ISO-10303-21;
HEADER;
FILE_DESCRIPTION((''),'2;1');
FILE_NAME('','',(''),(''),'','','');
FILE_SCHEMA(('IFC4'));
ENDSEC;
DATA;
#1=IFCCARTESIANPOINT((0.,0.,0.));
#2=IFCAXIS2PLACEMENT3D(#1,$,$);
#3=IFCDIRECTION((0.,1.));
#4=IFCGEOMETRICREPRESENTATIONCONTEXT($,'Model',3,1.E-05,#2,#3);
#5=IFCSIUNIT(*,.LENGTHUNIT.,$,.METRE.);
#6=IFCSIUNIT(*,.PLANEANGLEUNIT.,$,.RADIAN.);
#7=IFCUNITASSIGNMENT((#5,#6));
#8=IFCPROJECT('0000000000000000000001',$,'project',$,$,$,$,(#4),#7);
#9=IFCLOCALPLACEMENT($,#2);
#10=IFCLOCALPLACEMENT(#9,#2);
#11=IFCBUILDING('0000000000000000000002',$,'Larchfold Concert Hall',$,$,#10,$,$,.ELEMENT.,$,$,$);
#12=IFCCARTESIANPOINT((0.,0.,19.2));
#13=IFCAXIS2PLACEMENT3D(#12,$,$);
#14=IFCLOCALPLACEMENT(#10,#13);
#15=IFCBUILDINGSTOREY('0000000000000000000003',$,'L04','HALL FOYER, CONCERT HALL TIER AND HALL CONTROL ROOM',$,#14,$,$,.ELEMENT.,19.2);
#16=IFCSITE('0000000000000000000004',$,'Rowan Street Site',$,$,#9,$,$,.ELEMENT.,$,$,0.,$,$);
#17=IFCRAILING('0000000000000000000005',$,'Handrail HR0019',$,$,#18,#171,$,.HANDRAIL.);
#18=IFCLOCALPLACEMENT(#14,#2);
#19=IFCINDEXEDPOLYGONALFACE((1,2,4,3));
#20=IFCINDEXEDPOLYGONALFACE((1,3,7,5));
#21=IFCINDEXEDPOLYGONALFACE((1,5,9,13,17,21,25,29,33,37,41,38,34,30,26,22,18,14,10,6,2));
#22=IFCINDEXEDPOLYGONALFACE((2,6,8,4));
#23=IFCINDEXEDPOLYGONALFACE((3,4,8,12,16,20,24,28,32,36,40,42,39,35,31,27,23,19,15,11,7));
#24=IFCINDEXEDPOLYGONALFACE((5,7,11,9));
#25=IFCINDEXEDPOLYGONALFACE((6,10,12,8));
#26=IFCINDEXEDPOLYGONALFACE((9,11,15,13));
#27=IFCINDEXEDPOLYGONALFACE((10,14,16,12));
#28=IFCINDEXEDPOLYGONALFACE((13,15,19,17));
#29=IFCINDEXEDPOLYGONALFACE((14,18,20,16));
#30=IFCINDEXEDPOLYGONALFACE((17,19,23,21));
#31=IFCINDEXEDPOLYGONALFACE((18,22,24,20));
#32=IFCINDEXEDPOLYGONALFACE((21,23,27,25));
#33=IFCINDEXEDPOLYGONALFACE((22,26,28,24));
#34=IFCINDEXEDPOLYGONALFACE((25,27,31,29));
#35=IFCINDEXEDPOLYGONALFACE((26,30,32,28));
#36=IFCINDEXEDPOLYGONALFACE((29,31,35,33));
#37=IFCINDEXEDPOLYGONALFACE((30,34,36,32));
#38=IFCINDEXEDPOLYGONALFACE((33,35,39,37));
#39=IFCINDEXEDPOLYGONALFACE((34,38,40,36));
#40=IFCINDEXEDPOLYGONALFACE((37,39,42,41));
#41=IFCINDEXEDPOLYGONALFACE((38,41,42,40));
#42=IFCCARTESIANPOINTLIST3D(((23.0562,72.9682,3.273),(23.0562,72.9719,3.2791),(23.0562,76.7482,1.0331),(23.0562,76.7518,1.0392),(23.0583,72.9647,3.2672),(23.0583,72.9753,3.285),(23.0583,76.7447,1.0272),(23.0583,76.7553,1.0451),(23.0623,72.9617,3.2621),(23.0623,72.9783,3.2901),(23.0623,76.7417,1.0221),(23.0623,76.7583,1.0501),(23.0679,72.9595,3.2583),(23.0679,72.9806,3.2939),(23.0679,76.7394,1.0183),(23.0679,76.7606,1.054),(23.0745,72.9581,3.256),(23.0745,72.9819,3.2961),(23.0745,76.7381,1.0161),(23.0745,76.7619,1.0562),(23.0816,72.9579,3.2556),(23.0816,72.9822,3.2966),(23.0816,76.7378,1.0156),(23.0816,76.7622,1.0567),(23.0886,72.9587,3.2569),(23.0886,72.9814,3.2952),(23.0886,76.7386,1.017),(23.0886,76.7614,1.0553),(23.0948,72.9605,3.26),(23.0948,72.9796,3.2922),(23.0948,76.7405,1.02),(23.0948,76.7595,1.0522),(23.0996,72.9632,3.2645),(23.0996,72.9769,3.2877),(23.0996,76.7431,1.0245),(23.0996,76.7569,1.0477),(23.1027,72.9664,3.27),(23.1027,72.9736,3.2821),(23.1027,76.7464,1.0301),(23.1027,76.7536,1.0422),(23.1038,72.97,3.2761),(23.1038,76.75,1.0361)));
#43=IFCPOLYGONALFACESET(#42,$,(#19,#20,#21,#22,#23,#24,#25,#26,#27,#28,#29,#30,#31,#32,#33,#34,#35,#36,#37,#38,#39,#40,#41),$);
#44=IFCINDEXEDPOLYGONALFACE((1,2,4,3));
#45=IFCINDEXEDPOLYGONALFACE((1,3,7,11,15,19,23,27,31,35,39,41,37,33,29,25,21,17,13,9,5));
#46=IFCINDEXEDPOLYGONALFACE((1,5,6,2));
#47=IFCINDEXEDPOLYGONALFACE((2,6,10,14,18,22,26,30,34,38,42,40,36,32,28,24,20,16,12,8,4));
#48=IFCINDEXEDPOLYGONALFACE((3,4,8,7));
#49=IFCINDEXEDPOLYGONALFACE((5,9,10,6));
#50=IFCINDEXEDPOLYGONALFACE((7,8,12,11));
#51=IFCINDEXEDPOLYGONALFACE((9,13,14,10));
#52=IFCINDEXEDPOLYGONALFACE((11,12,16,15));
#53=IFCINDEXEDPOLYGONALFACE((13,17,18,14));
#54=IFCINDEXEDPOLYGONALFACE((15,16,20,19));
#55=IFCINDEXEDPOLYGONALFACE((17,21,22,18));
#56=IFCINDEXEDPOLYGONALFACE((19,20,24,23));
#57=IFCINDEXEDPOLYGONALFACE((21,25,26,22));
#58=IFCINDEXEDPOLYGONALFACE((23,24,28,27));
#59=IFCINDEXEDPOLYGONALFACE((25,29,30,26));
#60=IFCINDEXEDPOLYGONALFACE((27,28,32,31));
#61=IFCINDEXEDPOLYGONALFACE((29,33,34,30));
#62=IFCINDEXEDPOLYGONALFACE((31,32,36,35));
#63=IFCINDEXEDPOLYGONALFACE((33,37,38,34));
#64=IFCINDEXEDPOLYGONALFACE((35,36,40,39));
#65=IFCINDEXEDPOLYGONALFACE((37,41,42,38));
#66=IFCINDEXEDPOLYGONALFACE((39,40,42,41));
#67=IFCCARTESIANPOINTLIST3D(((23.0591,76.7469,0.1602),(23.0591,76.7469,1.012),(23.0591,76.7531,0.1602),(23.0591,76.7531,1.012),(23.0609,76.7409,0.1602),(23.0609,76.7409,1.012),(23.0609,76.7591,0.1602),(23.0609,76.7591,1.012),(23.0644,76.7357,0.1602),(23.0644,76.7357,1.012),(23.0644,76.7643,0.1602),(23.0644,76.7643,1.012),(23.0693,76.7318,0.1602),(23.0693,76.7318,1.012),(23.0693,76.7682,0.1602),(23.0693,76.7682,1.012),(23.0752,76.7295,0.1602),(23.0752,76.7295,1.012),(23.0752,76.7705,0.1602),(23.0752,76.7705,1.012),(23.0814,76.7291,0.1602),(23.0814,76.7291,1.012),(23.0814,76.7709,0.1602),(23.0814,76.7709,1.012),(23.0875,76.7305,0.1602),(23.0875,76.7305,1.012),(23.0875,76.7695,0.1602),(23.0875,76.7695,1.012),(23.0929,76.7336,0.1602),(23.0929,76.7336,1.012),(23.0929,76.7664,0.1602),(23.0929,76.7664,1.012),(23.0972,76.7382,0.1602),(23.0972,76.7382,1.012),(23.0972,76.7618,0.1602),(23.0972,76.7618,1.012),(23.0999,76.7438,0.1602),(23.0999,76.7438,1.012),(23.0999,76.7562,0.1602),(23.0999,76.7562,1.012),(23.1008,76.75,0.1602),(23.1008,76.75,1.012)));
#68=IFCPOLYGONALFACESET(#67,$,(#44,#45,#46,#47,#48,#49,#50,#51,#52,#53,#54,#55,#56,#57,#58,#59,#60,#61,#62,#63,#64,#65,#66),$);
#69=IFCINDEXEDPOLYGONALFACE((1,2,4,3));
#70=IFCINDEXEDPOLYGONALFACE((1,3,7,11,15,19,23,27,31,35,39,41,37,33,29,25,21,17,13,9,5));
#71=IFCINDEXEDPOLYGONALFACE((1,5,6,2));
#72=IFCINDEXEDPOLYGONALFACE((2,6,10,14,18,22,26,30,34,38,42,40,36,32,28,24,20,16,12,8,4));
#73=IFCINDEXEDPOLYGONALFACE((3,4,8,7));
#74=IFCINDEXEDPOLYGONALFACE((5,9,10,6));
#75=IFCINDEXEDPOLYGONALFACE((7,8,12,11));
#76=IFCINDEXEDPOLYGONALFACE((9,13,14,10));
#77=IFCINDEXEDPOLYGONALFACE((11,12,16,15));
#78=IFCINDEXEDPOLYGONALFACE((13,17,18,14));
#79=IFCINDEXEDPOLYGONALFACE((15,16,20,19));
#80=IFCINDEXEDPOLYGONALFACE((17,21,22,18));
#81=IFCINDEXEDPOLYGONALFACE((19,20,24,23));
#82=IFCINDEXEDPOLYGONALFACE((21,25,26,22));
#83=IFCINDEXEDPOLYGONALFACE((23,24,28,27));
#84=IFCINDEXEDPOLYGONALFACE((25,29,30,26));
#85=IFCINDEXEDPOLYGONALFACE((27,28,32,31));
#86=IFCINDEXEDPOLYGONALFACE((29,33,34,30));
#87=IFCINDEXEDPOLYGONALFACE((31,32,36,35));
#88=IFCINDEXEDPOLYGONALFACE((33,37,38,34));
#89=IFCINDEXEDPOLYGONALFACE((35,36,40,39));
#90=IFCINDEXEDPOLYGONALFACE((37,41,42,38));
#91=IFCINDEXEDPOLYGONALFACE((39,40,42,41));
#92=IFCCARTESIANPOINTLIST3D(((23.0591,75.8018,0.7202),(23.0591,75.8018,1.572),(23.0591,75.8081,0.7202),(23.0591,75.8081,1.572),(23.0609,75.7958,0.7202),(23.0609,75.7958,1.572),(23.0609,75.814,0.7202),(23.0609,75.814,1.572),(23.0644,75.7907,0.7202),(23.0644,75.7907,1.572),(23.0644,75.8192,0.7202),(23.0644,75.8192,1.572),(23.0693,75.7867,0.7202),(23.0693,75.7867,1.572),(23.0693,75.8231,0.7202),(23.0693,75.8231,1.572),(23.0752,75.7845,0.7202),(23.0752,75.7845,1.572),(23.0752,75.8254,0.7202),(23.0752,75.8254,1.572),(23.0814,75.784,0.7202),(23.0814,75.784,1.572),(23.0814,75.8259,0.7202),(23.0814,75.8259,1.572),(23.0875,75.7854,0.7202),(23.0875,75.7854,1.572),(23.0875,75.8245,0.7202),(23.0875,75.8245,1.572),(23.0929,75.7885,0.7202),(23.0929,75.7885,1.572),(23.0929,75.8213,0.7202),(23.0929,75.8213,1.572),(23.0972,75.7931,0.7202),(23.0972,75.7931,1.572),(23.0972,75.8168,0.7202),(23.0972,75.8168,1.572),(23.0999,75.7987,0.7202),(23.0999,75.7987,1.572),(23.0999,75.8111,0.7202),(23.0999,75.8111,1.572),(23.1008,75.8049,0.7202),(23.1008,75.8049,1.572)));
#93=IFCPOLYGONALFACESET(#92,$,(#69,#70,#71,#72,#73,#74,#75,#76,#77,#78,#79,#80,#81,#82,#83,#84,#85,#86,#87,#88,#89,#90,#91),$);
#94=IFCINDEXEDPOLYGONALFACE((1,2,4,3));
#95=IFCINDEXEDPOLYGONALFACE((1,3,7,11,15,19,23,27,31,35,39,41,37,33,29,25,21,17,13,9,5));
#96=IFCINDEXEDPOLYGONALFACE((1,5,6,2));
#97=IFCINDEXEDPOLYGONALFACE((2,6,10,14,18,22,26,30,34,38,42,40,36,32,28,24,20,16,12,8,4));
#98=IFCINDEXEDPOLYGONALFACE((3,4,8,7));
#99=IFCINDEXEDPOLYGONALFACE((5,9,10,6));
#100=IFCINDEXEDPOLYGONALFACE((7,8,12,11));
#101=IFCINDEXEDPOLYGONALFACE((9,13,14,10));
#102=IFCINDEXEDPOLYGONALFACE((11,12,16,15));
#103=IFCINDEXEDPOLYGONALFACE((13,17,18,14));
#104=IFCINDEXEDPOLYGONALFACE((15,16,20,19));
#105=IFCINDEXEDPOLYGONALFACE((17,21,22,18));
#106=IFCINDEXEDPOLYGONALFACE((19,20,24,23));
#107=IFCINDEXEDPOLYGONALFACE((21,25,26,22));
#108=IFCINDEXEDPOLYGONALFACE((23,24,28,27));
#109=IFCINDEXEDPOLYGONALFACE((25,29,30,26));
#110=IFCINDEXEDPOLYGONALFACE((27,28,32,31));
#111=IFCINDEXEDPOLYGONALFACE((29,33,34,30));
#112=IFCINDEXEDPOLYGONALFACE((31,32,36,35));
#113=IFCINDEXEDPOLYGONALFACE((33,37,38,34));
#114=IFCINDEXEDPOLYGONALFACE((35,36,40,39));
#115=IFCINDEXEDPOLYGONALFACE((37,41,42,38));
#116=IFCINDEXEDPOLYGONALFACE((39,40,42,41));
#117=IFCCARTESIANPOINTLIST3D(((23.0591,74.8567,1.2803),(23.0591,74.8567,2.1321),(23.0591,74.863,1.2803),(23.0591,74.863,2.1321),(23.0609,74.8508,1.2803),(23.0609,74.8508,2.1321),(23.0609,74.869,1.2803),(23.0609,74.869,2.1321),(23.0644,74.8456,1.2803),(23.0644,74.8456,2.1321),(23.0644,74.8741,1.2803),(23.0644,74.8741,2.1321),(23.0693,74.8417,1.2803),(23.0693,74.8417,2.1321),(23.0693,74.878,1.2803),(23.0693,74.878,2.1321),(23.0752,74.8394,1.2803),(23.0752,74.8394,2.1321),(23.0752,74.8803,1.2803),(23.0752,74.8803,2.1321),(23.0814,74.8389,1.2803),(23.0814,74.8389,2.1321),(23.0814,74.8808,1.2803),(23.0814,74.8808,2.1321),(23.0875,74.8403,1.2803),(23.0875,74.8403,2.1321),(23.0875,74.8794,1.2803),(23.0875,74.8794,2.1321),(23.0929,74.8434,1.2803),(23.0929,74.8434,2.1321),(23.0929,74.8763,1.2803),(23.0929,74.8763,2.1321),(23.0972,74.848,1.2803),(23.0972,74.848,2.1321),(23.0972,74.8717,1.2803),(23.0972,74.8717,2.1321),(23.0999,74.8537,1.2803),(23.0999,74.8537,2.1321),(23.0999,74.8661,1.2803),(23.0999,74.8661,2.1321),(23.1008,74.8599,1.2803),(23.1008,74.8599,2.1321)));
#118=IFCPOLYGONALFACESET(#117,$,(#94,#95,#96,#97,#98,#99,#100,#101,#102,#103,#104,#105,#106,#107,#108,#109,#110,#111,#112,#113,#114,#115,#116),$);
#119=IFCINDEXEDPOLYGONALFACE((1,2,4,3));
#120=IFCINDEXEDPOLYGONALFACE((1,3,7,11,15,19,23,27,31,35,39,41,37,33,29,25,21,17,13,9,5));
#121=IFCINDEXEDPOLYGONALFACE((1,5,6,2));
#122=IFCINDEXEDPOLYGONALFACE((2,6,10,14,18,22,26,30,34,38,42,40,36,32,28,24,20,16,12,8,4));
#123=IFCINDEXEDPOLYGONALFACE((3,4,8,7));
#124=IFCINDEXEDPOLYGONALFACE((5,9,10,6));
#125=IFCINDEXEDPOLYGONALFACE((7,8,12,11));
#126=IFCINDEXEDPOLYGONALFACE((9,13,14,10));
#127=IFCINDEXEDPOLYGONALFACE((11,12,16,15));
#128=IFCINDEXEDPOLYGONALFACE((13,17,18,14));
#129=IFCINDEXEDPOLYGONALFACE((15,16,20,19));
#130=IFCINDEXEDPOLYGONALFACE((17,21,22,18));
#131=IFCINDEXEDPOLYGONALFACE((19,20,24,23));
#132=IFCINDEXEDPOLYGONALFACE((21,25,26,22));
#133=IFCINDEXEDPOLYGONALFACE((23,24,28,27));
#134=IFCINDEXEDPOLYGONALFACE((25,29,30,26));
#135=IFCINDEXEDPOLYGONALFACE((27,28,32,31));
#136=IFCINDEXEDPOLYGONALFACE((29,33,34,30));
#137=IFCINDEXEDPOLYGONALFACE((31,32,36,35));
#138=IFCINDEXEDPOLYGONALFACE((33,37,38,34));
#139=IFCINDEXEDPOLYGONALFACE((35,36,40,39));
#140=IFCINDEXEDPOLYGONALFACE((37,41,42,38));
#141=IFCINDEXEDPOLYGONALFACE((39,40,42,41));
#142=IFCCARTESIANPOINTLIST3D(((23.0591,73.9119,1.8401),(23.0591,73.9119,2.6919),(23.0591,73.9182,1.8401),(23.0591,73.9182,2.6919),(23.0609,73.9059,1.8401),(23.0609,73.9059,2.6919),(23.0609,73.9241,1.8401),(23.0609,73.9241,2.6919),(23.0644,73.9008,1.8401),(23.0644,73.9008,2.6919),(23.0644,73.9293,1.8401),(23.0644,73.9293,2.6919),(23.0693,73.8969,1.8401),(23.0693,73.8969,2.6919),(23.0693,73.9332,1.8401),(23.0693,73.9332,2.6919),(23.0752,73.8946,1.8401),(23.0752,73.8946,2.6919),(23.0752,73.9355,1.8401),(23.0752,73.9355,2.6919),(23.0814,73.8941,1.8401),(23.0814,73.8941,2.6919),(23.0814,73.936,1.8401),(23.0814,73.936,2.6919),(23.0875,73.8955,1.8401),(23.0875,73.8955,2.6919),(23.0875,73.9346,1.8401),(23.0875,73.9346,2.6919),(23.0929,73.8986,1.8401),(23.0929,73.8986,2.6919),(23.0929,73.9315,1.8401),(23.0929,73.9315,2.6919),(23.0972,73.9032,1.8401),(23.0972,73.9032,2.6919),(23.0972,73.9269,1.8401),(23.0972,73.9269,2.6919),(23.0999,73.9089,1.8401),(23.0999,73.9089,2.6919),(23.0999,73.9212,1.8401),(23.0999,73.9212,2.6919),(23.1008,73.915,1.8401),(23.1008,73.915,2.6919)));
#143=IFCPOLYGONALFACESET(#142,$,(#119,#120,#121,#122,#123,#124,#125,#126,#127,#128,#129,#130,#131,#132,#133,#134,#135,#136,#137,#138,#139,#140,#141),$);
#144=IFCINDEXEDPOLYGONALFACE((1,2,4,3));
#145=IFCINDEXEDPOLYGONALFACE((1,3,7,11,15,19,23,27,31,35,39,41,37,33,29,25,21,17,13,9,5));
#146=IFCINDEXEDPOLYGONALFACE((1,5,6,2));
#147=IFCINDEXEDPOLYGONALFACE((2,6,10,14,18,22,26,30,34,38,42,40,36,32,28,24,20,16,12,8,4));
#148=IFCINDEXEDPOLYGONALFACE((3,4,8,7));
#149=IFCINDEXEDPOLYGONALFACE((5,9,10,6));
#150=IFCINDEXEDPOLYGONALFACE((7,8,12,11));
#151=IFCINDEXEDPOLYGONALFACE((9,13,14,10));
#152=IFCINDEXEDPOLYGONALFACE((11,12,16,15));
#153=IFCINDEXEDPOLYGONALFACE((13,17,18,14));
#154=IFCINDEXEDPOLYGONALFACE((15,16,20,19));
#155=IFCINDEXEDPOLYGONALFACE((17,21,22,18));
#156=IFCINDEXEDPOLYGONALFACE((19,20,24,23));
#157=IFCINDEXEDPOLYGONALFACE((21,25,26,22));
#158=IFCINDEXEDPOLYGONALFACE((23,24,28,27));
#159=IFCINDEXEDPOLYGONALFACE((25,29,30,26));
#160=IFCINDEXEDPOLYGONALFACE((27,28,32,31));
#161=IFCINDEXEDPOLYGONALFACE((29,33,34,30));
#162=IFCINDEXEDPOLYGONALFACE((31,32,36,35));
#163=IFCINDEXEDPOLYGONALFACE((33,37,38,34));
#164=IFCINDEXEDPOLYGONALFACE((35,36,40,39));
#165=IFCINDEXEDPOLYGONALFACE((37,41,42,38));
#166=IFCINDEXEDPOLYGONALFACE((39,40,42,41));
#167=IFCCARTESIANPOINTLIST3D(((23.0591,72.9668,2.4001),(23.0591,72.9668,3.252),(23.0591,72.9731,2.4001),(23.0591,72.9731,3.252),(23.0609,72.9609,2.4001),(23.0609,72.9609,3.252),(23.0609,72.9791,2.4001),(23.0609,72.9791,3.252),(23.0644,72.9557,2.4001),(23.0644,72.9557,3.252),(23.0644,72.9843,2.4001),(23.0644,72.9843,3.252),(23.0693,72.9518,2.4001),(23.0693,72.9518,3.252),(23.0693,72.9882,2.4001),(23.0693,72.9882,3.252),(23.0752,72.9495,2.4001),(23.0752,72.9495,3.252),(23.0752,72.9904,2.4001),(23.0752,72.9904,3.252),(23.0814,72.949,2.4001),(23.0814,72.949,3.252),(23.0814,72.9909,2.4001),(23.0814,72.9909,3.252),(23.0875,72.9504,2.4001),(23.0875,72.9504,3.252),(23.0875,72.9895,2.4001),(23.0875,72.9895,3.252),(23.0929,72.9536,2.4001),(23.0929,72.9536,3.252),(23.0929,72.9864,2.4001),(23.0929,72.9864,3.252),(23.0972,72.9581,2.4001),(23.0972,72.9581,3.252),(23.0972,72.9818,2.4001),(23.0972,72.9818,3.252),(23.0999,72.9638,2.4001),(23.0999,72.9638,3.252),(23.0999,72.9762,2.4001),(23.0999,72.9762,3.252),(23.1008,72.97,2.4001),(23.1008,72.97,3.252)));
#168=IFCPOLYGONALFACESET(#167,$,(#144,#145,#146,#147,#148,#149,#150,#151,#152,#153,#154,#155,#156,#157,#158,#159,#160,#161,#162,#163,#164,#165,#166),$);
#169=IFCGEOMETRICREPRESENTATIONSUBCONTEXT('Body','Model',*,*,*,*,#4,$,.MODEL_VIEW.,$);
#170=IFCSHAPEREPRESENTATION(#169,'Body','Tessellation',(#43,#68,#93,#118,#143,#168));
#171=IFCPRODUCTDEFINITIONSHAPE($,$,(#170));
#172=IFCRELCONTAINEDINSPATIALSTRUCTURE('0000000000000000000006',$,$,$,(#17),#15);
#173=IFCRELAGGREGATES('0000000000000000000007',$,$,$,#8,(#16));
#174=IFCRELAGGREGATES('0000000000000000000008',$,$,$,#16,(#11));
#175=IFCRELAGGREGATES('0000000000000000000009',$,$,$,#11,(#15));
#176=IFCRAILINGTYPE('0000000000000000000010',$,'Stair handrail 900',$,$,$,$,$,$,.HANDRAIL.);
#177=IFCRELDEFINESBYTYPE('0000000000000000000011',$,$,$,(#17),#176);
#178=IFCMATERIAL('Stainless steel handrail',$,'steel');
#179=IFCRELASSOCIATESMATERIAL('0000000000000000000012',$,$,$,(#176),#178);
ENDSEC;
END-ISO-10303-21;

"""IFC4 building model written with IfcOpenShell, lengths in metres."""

from ifc_helpers import new_model, si_unit, direction, frame, origin, origin_2d, place, context, subcontext, project, spatial, circle, extrude, material, type_object, element, save


model = new_model("IFC4")

# Units and contexts
model_context = context("Model", 3, precision=1e-05, world=origin(), true_north=direction((0.0, 1.0)))
body_context = subcontext(model_context, "Body", "Model", "MODEL_VIEW")
ifc_project = project(units=[si_unit("LENGTHUNIT", "METRE"), si_unit("PLANEANGLEUNIT", "RADIAN")], contexts=[model_context])

# Site, building, storey
site_placement = place(None, origin())
site = spatial("IfcSite", under=ifc_project, at=site_placement, Name="Rowan Street Site", CompositionType="ELEMENT", RefElevation=0.0)
building_placement = place(site_placement, origin())
building = spatial("IfcBuilding", under=site, at=building_placement, Name="Larchfold Concert Hall", CompositionType="ELEMENT")
storey_placement = place(building_placement, frame((0.0, 0.0, 19.2)))
storey = spatial("IfcBuildingStorey", under=building, at=storey_placement, Name="L04", Description="HALL FOYER, CONCERT HALL TIER AND HALL CONTROL ROOM", CompositionType="ELEMENT", Elevation=19.2)

# Railing
ifc_material_1 = material(Name="Stainless steel handrail", Category="steel")
railing_type_1 = type_object("IfcRailingType", Name="Stair handrail 900", PredefinedType="HANDRAIL", material=ifc_material_1)
railing_1_placement = place(storey_placement, frame((23.0798, 76.75, 0.1602)))
element("IfcRailing", 1, at=railing_1_placement, inside=storey, type_object=railing_type_1, Name="Handrail HR0019", PredefinedType="HANDRAIL", context=body_context, shape_type="SweptSolid", body=[
    extrude(circle(Radius=0.0239, at=origin_2d()), frame((0.0, 0.0, 0.876), z_axis=(0.0, -0.860294, 0.509798), x_axis=(1.0, 0.0, 0.0)), (0.0, 0.0, 1.0), 4.3938),
    extrude(circle(Radius=0.021, at=origin_2d()), origin(), (0.0, 0.0, 1.0), 0.8518),
    extrude(circle(Radius=0.021, at=origin_2d()), frame((0.0, -0.9451, 0.5601)), (0.0, 0.0, 1.0), 0.8518),
    extrude(circle(Radius=0.021, at=origin_2d()), frame((0.0, -1.8901, 1.1201)), (0.0, 0.0, 1.0), 0.8518),
    extrude(circle(Radius=0.021, at=origin_2d()), frame((0.0, -2.835, 1.6799)), (0.0, 0.0, 1.0), 0.8518),
    extrude(circle(Radius=0.021, at=origin_2d()), frame((0.0, -3.78, 2.24)), (0.0, 0.0, 1.0), 0.8518),
])

save(model, "model.ifc")
